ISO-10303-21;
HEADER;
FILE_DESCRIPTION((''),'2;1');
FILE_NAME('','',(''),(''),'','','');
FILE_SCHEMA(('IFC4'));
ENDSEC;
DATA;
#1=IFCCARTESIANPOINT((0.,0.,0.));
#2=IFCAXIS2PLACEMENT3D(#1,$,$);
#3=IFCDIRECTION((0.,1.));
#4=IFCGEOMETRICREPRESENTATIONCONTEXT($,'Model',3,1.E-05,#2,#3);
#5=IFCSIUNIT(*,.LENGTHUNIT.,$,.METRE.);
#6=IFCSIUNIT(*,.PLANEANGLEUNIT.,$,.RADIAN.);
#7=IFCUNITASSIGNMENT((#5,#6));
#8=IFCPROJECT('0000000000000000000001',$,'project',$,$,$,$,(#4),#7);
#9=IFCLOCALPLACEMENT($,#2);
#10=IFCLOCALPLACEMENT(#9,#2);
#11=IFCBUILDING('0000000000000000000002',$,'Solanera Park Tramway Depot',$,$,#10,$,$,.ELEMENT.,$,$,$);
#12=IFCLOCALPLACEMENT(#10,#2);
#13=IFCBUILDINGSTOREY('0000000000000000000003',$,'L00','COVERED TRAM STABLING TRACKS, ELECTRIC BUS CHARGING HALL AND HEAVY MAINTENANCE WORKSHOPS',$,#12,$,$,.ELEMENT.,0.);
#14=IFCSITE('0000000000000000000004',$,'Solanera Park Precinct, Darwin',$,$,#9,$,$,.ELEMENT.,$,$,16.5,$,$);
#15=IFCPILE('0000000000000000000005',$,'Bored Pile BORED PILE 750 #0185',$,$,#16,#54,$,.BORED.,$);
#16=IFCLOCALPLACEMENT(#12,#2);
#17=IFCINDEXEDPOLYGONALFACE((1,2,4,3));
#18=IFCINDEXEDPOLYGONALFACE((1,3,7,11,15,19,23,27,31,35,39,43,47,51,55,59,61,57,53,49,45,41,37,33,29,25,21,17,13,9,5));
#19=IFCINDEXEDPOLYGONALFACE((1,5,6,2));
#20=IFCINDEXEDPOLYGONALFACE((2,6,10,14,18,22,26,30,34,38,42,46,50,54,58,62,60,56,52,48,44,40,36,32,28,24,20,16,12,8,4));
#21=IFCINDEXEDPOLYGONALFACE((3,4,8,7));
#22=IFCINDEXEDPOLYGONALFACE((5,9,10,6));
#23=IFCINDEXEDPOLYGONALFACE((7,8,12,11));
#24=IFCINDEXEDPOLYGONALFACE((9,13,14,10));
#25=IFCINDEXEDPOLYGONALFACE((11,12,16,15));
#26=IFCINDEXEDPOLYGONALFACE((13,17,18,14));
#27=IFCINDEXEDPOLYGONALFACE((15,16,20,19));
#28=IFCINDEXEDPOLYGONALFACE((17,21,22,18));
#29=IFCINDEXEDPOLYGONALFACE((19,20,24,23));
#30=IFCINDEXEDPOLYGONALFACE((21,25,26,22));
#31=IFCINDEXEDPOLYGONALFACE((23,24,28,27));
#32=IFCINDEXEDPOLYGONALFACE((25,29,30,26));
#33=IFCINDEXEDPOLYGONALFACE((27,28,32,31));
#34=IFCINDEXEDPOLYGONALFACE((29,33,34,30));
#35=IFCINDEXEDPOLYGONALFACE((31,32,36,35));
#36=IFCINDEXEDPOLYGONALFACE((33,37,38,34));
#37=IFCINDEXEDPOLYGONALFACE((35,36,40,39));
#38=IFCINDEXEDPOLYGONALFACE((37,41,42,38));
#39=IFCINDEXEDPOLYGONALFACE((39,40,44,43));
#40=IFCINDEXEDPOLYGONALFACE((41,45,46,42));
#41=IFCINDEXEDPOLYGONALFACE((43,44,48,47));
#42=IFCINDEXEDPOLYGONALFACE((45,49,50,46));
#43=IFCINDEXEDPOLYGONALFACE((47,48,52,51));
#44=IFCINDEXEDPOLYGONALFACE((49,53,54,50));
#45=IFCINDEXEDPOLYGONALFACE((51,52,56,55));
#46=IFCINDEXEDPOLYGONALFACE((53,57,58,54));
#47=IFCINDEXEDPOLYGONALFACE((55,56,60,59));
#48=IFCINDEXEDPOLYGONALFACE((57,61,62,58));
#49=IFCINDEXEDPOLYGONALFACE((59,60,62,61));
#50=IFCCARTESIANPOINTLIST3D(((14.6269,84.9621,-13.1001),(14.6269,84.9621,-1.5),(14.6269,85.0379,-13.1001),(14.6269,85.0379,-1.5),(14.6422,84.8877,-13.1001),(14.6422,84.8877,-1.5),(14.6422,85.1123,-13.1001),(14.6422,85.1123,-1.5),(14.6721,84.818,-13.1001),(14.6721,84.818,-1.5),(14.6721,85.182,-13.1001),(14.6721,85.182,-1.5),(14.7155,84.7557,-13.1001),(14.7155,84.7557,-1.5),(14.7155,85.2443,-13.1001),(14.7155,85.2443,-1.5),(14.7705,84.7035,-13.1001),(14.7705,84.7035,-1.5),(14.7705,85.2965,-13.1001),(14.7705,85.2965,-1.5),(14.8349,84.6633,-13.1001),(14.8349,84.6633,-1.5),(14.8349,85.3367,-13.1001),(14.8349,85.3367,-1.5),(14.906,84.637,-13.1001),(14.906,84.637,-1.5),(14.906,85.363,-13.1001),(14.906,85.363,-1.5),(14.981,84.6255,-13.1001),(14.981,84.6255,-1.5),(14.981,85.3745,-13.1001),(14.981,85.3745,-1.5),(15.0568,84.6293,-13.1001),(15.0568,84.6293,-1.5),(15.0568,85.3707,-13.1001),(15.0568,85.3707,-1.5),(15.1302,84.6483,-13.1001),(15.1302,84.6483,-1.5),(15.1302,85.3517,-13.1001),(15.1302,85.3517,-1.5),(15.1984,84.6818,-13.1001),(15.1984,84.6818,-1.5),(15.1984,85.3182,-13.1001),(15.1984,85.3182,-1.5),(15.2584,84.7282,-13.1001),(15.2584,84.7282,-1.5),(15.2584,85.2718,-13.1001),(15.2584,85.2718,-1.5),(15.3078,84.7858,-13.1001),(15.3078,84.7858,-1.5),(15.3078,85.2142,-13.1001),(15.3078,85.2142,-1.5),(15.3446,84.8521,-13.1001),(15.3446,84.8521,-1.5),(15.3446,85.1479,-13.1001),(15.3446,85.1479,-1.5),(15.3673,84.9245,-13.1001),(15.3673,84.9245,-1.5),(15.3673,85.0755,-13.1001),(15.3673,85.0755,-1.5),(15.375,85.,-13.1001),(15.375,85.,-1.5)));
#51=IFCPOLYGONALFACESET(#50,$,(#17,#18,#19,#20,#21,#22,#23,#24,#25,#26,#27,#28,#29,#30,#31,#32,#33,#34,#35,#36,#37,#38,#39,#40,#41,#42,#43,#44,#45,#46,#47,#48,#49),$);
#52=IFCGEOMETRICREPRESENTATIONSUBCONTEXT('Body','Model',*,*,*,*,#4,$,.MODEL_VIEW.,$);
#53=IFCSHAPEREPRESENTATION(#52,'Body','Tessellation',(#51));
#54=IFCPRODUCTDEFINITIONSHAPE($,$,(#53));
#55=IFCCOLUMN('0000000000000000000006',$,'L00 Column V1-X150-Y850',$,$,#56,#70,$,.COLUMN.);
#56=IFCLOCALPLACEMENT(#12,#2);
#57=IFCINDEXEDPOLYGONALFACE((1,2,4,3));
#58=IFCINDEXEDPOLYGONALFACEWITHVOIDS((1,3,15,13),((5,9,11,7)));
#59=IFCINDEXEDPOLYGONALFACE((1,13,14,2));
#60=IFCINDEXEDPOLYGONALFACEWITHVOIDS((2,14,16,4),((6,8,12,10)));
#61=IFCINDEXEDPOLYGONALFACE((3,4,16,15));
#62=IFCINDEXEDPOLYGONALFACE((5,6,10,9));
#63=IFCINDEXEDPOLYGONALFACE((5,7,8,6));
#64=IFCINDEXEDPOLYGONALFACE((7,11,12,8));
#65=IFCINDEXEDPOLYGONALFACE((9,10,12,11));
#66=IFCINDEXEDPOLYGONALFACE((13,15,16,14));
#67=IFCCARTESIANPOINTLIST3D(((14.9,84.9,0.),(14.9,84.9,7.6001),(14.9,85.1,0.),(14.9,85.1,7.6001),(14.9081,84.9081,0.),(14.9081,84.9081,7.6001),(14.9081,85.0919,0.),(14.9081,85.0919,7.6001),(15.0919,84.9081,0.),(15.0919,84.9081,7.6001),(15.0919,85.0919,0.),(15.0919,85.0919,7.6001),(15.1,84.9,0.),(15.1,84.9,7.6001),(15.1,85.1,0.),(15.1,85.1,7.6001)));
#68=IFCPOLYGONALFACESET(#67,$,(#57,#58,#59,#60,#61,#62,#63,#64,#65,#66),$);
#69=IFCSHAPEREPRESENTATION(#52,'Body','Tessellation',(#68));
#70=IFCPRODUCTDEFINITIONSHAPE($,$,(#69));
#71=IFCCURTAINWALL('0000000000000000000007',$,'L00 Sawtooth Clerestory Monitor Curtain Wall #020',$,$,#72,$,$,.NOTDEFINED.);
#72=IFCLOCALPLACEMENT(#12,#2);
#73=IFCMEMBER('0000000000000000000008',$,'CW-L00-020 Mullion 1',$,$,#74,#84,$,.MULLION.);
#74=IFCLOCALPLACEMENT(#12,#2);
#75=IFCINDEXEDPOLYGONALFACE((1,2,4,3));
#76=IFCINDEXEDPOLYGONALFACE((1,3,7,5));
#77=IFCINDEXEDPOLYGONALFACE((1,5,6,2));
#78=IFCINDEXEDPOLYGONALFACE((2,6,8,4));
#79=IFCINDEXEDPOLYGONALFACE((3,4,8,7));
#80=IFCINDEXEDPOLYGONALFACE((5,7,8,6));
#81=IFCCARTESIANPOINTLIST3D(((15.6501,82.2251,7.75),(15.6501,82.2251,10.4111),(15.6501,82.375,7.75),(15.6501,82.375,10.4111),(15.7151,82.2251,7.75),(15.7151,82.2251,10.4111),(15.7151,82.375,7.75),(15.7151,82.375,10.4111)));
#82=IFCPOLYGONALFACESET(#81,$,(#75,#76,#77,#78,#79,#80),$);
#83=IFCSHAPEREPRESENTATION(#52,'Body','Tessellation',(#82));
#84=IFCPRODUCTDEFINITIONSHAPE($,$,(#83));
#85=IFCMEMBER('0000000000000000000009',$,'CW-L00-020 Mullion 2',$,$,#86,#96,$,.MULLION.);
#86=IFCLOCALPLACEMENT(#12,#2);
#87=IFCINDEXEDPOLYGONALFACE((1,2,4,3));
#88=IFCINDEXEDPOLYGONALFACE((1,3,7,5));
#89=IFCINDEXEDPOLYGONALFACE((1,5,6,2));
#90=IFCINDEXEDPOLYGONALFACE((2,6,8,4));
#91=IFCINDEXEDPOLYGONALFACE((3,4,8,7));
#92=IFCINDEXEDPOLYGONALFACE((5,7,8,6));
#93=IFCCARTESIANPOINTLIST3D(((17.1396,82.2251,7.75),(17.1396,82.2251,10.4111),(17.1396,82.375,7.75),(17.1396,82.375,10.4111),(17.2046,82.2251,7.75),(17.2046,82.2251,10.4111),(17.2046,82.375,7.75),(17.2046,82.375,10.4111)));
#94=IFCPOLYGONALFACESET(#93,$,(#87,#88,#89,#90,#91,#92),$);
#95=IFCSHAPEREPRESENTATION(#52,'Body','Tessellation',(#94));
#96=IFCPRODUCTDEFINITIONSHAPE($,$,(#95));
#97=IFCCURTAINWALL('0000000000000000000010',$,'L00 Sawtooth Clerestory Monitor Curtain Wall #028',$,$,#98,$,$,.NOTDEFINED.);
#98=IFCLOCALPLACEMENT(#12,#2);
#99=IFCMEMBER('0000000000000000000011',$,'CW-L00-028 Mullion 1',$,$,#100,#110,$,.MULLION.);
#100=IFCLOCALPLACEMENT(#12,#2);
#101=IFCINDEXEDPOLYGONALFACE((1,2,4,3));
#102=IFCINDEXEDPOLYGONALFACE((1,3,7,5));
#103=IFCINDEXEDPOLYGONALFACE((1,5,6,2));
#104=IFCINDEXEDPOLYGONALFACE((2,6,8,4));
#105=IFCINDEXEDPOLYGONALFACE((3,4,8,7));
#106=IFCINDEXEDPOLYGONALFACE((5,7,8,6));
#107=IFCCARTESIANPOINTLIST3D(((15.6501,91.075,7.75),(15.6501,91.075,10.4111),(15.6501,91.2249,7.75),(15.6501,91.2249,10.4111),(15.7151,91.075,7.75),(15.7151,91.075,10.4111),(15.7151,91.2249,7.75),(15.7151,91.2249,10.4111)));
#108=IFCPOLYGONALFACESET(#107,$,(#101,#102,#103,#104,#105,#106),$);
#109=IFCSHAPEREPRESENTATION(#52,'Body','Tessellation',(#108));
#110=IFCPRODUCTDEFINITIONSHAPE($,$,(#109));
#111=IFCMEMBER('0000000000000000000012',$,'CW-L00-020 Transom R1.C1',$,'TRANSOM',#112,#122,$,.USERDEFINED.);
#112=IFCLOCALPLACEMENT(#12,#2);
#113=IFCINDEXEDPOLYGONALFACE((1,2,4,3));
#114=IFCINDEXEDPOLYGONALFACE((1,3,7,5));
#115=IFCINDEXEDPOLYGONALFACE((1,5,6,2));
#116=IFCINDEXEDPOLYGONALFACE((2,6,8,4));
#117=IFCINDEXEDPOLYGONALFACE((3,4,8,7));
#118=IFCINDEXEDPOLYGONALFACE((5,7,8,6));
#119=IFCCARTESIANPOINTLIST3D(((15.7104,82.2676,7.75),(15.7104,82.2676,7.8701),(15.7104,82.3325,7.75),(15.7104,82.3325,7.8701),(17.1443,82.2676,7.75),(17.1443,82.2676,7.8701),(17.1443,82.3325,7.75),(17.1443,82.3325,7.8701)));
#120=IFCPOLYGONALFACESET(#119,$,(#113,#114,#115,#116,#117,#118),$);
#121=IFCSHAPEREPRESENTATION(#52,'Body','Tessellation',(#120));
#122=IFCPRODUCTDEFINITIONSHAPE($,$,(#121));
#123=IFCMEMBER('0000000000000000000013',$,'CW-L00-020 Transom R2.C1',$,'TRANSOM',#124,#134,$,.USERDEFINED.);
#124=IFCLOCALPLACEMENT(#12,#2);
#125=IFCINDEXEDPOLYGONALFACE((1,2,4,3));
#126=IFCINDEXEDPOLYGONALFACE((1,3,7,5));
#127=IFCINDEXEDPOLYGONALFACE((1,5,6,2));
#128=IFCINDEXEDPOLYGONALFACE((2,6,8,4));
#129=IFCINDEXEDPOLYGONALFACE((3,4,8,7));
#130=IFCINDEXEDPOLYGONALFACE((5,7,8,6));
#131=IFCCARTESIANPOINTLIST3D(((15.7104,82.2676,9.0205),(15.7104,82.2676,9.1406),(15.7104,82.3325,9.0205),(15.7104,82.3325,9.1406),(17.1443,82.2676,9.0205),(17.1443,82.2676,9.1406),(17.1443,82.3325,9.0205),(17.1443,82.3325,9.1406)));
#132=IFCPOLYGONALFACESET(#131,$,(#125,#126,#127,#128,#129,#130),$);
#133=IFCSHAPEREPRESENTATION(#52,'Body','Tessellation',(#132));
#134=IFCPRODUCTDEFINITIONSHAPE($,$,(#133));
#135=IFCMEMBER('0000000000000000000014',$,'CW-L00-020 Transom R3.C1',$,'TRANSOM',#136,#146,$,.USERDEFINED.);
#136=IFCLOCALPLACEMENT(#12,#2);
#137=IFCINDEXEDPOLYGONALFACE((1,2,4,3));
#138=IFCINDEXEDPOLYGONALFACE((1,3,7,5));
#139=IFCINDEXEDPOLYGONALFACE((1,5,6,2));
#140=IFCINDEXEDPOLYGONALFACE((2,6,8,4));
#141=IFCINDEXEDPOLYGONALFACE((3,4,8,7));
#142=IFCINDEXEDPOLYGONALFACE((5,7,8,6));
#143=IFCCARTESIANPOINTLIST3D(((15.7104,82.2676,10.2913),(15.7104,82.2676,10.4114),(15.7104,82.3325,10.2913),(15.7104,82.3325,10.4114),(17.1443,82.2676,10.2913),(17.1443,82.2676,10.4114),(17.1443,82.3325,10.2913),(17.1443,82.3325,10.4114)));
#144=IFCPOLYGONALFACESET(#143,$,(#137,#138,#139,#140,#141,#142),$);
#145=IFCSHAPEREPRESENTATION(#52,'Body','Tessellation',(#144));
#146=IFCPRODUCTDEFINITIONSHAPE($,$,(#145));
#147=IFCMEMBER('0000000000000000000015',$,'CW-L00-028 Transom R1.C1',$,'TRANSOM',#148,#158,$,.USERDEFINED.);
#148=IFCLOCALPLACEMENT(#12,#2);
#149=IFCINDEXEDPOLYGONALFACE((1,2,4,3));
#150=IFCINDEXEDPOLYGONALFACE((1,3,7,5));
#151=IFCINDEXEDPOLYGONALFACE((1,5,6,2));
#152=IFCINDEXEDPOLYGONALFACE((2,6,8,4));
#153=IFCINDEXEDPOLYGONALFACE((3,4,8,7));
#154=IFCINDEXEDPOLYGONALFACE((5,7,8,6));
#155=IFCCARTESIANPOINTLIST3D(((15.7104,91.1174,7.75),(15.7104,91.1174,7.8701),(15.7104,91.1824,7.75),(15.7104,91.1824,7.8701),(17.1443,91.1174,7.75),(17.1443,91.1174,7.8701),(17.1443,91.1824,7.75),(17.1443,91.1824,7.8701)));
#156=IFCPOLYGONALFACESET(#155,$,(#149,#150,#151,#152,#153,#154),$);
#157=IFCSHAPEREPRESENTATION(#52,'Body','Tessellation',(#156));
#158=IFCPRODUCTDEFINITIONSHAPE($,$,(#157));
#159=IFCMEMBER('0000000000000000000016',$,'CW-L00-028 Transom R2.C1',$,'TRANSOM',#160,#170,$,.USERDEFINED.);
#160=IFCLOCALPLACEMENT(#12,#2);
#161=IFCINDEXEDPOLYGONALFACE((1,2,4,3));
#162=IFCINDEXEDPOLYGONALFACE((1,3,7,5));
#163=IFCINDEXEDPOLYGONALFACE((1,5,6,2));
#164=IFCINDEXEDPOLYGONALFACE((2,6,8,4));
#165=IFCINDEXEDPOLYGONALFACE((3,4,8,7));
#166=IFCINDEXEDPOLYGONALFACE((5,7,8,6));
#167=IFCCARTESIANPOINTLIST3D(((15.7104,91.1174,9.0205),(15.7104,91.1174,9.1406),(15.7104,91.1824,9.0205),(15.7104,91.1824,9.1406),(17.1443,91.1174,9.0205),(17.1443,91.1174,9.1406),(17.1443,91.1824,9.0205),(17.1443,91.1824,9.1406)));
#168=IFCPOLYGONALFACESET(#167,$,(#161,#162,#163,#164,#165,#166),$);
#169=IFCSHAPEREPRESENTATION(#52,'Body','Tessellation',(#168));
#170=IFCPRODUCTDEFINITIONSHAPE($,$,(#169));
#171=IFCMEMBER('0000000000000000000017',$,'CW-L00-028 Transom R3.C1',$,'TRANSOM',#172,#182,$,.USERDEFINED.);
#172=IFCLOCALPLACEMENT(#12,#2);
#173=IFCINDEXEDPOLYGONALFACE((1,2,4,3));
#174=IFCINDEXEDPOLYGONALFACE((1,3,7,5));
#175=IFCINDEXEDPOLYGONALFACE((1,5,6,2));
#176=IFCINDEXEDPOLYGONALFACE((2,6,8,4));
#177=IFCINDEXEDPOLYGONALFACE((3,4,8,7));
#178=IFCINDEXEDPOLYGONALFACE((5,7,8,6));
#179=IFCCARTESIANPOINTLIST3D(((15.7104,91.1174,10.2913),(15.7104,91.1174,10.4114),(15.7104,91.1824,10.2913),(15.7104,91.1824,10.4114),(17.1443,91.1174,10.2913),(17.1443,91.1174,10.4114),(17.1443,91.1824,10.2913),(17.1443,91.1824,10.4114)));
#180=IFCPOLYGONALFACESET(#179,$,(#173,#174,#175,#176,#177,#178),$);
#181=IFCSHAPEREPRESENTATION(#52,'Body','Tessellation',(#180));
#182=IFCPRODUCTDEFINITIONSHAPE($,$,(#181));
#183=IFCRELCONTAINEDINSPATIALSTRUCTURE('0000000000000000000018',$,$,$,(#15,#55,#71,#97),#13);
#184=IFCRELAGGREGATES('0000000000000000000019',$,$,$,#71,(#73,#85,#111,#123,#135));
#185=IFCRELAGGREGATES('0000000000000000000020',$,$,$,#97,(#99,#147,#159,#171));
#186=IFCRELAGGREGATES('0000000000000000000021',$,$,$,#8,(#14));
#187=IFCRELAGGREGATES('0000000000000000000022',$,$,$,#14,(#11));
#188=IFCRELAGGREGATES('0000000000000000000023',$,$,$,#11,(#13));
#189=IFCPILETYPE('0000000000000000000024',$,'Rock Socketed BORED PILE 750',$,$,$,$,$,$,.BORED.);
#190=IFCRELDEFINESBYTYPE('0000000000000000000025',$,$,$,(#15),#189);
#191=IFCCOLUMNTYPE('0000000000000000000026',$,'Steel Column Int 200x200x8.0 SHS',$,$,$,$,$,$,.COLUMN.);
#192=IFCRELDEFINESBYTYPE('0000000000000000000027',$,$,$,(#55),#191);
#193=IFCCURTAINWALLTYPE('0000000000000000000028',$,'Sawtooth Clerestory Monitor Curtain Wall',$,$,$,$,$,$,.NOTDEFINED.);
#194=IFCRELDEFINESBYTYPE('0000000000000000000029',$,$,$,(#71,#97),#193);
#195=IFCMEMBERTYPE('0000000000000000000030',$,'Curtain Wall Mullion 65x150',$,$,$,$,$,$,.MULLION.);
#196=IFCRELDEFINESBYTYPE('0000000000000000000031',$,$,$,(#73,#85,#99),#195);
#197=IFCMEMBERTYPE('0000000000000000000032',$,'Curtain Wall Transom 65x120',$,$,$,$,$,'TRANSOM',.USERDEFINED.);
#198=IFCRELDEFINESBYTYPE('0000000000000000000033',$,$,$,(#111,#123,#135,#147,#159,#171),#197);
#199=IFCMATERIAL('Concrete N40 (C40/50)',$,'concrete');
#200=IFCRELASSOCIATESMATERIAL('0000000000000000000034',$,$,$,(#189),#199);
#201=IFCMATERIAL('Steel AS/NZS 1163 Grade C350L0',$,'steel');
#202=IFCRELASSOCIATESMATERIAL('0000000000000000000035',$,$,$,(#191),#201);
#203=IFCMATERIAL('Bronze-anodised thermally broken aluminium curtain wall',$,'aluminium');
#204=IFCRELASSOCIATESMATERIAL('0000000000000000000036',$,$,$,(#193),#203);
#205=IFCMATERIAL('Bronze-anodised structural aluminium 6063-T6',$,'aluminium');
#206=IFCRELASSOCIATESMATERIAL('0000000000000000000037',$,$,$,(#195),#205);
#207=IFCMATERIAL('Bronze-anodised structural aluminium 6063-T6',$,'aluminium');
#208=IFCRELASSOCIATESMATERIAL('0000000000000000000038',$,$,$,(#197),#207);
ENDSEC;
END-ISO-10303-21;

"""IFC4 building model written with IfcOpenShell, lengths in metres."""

from ifc_helpers import new_model, si_unit, direction, frame, origin, origin_2d, place, context, subcontext, project, spatial, rectangle, hollow_rectangle, circle, extrude, material, material_profile, profile_set, type_object, element, aggregate, save


model = new_model("IFC4")

# Units and contexts
model_context = context("Model", 3, precision=1e-05, world=origin(), true_north=direction((0.0, 1.0)))
body_context = subcontext(model_context, "Body", "Model", "MODEL_VIEW")
ifc_project = project(units=[si_unit("LENGTHUNIT", "METRE"), si_unit("PLANEANGLEUNIT", "RADIAN")], contexts=[model_context])

# Site, building, storey
site_placement = place(None, origin())
site = spatial("IfcSite", under=ifc_project, at=site_placement, Name="Solanera Park Precinct, Darwin", CompositionType="ELEMENT", RefElevation=16.5)
building_placement = place(site_placement, origin())
building = spatial("IfcBuilding", under=site, at=building_placement, Name="Solanera Park Tramway Depot", CompositionType="ELEMENT")
storey_placement = place(building_placement, origin())
storey = spatial("IfcBuildingStorey", under=building, at=storey_placement, Name="L00", Description="COVERED TRAM STABLING TRACKS, ELECTRIC BUS CHARGING HALL AND HEAVY MAINTENANCE WORKSHOPS", CompositionType="ELEMENT", Elevation=0.0)

# Pile
ifc_material_1 = material(Name="Concrete N40 (C40/50)", Category="concrete")
ifc_material_profile_1 = material_profile(ifc_material_1, circle(Radius=0.375, at=origin_2d()), Name="BORED PILE 750")
ifc_profile_set_1 = profile_set([ifc_material_profile_1], Name="Concrete N40 (C40/50)")
pile_type = type_object("IfcPileType", Name="Rock Socketed BORED PILE 750", PredefinedType="BORED", material=ifc_profile_set_1)
pile_placement = place(storey_placement, frame((15.0, 85.0, -1.5), z_axis=(0.0, 0.0, -1.0), x_axis=(1.0, 0.0, 0.0)))
element("IfcPile", 1, at=pile_placement, inside=storey, type_object=pile_type, Name="Bored Pile BORED PILE 750 #0185", PredefinedType="BORED", context=body_context, shape_type="SweptSolid", body=[
    extrude(circle(Radius=0.375, at=origin_2d()), origin(), (0.0, 0.0, 1.0), 11.6001),
])

# Column
ifc_material_2 = material(Name="Steel AS/NZS 1163 Grade C350L0", Category="steel")
ifc_material_profile_2 = material_profile(ifc_material_2, hollow_rectangle(XDim=0.2, YDim=0.2, WallThickness=0.0081, at=origin_2d()), Name="200x200x8.0 SHS")
ifc_profile_set_2 = profile_set([ifc_material_profile_2], Name="Steel AS/NZS 1163 Grade C350L0")
column_type = type_object("IfcColumnType", Name="Steel Column Int 200x200x8.0 SHS", PredefinedType="COLUMN", material=ifc_profile_set_2)
column_placement = place(storey_placement, frame((15.0, 85.0, 0.0), z_axis=(0.0, 0.0, 1.0), x_axis=(1.0, 0.0, 0.0)))
element("IfcColumn", 2, at=column_placement, inside=storey, type_object=column_type, Name="L00 Column V1-X150-Y850", PredefinedType="COLUMN", context=body_context, shape_type="SweptSolid", body=[
    extrude(hollow_rectangle(XDim=0.2, YDim=0.2, WallThickness=0.0081, at=origin_2d()), origin(), (0.0, 0.0, 1.0), 7.6001),
])

# Curtain wall, members
ifc_material_3 = material(Name="Bronze-anodised thermally broken aluminium curtain wall", Category="aluminium")
curtain_wall_type = type_object("IfcCurtainWallType", Name="Sawtooth Clerestory Monitor Curtain Wall", PredefinedType="NOTDEFINED", material=ifc_material_3)
curtain_wall_1_placement = place(storey_placement, origin())
curtain_wall_1 = element("IfcCurtainWall", 3, at=curtain_wall_1_placement, inside=storey, type_object=curtain_wall_type, Name="L00 Sawtooth Clerestory Monitor Curtain Wall #020", PredefinedType="NOTDEFINED")
ifc_material_4 = material(Name="Bronze-anodised structural aluminium 6063-T6", Category="aluminium")
ifc_material_profile_3 = material_profile(ifc_material_4, rectangle(XDim=0.0649, YDim=0.1499, at=origin_2d()), Name="Curtain Wall Mullion 65x150")
ifc_profile_set_3 = profile_set([ifc_material_profile_3], Name="Bronze-anodised structural aluminium 6063-T6")
member_type_1 = type_object("IfcMemberType", Name="Curtain Wall Mullion 65x150", PredefinedType="MULLION", material=ifc_profile_set_3)
member_1_placement = place(storey_placement, frame((15.6826, 82.3, 7.75), z_axis=(0.0, 0.0, 1.0), x_axis=(1.0, 0.0, 0.0)))
member_1 = element("IfcMember", 4, at=member_1_placement, type_object=member_type_1, Name="CW-L00-020 Mullion 1", PredefinedType="MULLION", context=body_context, shape_type="SweptSolid", body=[
    extrude(rectangle(XDim=0.0649, YDim=0.1499, at=origin_2d()), origin(), (0.0, 0.0, 1.0), 2.6611),
])
member_2_placement = place(storey_placement, frame((17.1721, 82.3, 7.75), z_axis=(0.0, 0.0, 1.0), x_axis=(1.0, 0.0, 0.0)))
member_2 = element("IfcMember", 5, at=member_2_placement, type_object=member_type_1, Name="CW-L00-020 Mullion 2", PredefinedType="MULLION", context=body_context, shape_type="SweptSolid", body=[
    extrude(rectangle(XDim=0.0649, YDim=0.1499, at=origin_2d()), origin(), (0.0, 0.0, 1.0), 2.6611),
])

# Curtain wall, member
curtain_wall_2_placement = place(storey_placement, origin())
curtain_wall_2 = element("IfcCurtainWall", 6, at=curtain_wall_2_placement, inside=storey, type_object=curtain_wall_type, Name="L00 Sawtooth Clerestory Monitor Curtain Wall #028", PredefinedType="NOTDEFINED")
member_3_placement = place(storey_placement, frame((15.6826, 91.1499, 7.75), z_axis=(0.0, 0.0, 1.0), x_axis=(1.0, 0.0, 0.0)))
member_3 = element("IfcMember", 7, at=member_3_placement, type_object=member_type_1, Name="CW-L00-028 Mullion 1", PredefinedType="MULLION", context=body_context, shape_type="SweptSolid", body=[
    extrude(rectangle(XDim=0.0649, YDim=0.1499, at=origin_2d()), origin(), (0.0, 0.0, 1.0), 2.6611),
])

# Members
ifc_material_5 = material(Name="Bronze-anodised structural aluminium 6063-T6", Category="aluminium")
ifc_material_profile_4 = material_profile(ifc_material_5, rectangle(XDim=0.0649, YDim=0.1201, at=origin_2d()), Name="Curtain Wall Transom 65x120")
ifc_profile_set_4 = profile_set([ifc_material_profile_4], Name="Bronze-anodised structural aluminium 6063-T6")
member_type_2 = type_object("IfcMemberType", Name="Curtain Wall Transom 65x120", ElementType="TRANSOM", PredefinedType="USERDEFINED", material=ifc_profile_set_4)
member_4_placement = place(storey_placement, frame((15.7104, 82.3, 7.8101), z_axis=(1.0, 0.0, 0.0), x_axis=(0.0, 1.0, 0.0)))
member_4 = element("IfcMember", 8, at=member_4_placement, type_object=member_type_2, Name="CW-L00-020 Transom R1.C1", ObjectType="TRANSOM", PredefinedType="USERDEFINED", context=body_context, shape_type="SweptSolid", body=[
    extrude(rectangle(XDim=0.0649, YDim=0.1201, at=origin_2d()), origin(), (0.0, 0.0, 1.0), 1.4338),
])
member_5_placement = place(storey_placement, frame((15.7104, 82.3, 9.0806), z_axis=(1.0, 0.0, 0.0), x_axis=(0.0, 1.0, 0.0)))
member_5 = element("IfcMember", 9, at=member_5_placement, type_object=member_type_2, Name="CW-L00-020 Transom R2.C1", ObjectType="TRANSOM", PredefinedType="USERDEFINED", context=body_context, shape_type="SweptSolid", body=[
    extrude(rectangle(XDim=0.0649, YDim=0.1201, at=origin_2d()), origin(), (0.0, 0.0, 1.0), 1.4338),
])
member_6_placement = place(storey_placement, frame((15.7104, 82.3, 10.3513), z_axis=(1.0, 0.0, 0.0), x_axis=(0.0, 1.0, 0.0)))
member_6 = element("IfcMember", 10, at=member_6_placement, type_object=member_type_2, Name="CW-L00-020 Transom R3.C1", ObjectType="TRANSOM", PredefinedType="USERDEFINED", context=body_context, shape_type="SweptSolid", body=[
    extrude(rectangle(XDim=0.0649, YDim=0.1201, at=origin_2d()), origin(), (0.0, 0.0, 1.0), 1.4338),
])
member_7_placement = place(storey_placement, frame((15.7104, 91.1499, 7.8101), z_axis=(1.0, 0.0, 0.0), x_axis=(0.0, 1.0, 0.0)))
member_7 = element("IfcMember", 11, at=member_7_placement, type_object=member_type_2, Name="CW-L00-028 Transom R1.C1", ObjectType="TRANSOM", PredefinedType="USERDEFINED", context=body_context, shape_type="SweptSolid", body=[
    extrude(rectangle(XDim=0.0649, YDim=0.1201, at=origin_2d()), origin(), (0.0, 0.0, 1.0), 1.4338),
])
member_8_placement = place(storey_placement, frame((15.7104, 91.1499, 9.0806), z_axis=(1.0, 0.0, 0.0), x_axis=(0.0, 1.0, 0.0)))
member_8 = element("IfcMember", 12, at=member_8_placement, type_object=member_type_2, Name="CW-L00-028 Transom R2.C1", ObjectType="TRANSOM", PredefinedType="USERDEFINED", context=body_context, shape_type="SweptSolid", body=[
    extrude(rectangle(XDim=0.0649, YDim=0.1201, at=origin_2d()), origin(), (0.0, 0.0, 1.0), 1.4338),
])
member_9_placement = place(storey_placement, frame((15.7104, 91.1499, 10.3513), z_axis=(1.0, 0.0, 0.0), x_axis=(0.0, 1.0, 0.0)))
member_9 = element("IfcMember", 13, at=member_9_placement, type_object=member_type_2, Name="CW-L00-028 Transom R3.C1", ObjectType="TRANSOM", PredefinedType="USERDEFINED", context=body_context, shape_type="SweptSolid", body=[
    extrude(rectangle(XDim=0.0649, YDim=0.1201, at=origin_2d()), origin(), (0.0, 0.0, 1.0), 1.4338),
])

aggregate(curtain_wall_1, [member_1, member_2, member_4, member_5, member_6])
aggregate(curtain_wall_2, [member_3, member_7, member_8, member_9])

save(model, "model.ifc")
